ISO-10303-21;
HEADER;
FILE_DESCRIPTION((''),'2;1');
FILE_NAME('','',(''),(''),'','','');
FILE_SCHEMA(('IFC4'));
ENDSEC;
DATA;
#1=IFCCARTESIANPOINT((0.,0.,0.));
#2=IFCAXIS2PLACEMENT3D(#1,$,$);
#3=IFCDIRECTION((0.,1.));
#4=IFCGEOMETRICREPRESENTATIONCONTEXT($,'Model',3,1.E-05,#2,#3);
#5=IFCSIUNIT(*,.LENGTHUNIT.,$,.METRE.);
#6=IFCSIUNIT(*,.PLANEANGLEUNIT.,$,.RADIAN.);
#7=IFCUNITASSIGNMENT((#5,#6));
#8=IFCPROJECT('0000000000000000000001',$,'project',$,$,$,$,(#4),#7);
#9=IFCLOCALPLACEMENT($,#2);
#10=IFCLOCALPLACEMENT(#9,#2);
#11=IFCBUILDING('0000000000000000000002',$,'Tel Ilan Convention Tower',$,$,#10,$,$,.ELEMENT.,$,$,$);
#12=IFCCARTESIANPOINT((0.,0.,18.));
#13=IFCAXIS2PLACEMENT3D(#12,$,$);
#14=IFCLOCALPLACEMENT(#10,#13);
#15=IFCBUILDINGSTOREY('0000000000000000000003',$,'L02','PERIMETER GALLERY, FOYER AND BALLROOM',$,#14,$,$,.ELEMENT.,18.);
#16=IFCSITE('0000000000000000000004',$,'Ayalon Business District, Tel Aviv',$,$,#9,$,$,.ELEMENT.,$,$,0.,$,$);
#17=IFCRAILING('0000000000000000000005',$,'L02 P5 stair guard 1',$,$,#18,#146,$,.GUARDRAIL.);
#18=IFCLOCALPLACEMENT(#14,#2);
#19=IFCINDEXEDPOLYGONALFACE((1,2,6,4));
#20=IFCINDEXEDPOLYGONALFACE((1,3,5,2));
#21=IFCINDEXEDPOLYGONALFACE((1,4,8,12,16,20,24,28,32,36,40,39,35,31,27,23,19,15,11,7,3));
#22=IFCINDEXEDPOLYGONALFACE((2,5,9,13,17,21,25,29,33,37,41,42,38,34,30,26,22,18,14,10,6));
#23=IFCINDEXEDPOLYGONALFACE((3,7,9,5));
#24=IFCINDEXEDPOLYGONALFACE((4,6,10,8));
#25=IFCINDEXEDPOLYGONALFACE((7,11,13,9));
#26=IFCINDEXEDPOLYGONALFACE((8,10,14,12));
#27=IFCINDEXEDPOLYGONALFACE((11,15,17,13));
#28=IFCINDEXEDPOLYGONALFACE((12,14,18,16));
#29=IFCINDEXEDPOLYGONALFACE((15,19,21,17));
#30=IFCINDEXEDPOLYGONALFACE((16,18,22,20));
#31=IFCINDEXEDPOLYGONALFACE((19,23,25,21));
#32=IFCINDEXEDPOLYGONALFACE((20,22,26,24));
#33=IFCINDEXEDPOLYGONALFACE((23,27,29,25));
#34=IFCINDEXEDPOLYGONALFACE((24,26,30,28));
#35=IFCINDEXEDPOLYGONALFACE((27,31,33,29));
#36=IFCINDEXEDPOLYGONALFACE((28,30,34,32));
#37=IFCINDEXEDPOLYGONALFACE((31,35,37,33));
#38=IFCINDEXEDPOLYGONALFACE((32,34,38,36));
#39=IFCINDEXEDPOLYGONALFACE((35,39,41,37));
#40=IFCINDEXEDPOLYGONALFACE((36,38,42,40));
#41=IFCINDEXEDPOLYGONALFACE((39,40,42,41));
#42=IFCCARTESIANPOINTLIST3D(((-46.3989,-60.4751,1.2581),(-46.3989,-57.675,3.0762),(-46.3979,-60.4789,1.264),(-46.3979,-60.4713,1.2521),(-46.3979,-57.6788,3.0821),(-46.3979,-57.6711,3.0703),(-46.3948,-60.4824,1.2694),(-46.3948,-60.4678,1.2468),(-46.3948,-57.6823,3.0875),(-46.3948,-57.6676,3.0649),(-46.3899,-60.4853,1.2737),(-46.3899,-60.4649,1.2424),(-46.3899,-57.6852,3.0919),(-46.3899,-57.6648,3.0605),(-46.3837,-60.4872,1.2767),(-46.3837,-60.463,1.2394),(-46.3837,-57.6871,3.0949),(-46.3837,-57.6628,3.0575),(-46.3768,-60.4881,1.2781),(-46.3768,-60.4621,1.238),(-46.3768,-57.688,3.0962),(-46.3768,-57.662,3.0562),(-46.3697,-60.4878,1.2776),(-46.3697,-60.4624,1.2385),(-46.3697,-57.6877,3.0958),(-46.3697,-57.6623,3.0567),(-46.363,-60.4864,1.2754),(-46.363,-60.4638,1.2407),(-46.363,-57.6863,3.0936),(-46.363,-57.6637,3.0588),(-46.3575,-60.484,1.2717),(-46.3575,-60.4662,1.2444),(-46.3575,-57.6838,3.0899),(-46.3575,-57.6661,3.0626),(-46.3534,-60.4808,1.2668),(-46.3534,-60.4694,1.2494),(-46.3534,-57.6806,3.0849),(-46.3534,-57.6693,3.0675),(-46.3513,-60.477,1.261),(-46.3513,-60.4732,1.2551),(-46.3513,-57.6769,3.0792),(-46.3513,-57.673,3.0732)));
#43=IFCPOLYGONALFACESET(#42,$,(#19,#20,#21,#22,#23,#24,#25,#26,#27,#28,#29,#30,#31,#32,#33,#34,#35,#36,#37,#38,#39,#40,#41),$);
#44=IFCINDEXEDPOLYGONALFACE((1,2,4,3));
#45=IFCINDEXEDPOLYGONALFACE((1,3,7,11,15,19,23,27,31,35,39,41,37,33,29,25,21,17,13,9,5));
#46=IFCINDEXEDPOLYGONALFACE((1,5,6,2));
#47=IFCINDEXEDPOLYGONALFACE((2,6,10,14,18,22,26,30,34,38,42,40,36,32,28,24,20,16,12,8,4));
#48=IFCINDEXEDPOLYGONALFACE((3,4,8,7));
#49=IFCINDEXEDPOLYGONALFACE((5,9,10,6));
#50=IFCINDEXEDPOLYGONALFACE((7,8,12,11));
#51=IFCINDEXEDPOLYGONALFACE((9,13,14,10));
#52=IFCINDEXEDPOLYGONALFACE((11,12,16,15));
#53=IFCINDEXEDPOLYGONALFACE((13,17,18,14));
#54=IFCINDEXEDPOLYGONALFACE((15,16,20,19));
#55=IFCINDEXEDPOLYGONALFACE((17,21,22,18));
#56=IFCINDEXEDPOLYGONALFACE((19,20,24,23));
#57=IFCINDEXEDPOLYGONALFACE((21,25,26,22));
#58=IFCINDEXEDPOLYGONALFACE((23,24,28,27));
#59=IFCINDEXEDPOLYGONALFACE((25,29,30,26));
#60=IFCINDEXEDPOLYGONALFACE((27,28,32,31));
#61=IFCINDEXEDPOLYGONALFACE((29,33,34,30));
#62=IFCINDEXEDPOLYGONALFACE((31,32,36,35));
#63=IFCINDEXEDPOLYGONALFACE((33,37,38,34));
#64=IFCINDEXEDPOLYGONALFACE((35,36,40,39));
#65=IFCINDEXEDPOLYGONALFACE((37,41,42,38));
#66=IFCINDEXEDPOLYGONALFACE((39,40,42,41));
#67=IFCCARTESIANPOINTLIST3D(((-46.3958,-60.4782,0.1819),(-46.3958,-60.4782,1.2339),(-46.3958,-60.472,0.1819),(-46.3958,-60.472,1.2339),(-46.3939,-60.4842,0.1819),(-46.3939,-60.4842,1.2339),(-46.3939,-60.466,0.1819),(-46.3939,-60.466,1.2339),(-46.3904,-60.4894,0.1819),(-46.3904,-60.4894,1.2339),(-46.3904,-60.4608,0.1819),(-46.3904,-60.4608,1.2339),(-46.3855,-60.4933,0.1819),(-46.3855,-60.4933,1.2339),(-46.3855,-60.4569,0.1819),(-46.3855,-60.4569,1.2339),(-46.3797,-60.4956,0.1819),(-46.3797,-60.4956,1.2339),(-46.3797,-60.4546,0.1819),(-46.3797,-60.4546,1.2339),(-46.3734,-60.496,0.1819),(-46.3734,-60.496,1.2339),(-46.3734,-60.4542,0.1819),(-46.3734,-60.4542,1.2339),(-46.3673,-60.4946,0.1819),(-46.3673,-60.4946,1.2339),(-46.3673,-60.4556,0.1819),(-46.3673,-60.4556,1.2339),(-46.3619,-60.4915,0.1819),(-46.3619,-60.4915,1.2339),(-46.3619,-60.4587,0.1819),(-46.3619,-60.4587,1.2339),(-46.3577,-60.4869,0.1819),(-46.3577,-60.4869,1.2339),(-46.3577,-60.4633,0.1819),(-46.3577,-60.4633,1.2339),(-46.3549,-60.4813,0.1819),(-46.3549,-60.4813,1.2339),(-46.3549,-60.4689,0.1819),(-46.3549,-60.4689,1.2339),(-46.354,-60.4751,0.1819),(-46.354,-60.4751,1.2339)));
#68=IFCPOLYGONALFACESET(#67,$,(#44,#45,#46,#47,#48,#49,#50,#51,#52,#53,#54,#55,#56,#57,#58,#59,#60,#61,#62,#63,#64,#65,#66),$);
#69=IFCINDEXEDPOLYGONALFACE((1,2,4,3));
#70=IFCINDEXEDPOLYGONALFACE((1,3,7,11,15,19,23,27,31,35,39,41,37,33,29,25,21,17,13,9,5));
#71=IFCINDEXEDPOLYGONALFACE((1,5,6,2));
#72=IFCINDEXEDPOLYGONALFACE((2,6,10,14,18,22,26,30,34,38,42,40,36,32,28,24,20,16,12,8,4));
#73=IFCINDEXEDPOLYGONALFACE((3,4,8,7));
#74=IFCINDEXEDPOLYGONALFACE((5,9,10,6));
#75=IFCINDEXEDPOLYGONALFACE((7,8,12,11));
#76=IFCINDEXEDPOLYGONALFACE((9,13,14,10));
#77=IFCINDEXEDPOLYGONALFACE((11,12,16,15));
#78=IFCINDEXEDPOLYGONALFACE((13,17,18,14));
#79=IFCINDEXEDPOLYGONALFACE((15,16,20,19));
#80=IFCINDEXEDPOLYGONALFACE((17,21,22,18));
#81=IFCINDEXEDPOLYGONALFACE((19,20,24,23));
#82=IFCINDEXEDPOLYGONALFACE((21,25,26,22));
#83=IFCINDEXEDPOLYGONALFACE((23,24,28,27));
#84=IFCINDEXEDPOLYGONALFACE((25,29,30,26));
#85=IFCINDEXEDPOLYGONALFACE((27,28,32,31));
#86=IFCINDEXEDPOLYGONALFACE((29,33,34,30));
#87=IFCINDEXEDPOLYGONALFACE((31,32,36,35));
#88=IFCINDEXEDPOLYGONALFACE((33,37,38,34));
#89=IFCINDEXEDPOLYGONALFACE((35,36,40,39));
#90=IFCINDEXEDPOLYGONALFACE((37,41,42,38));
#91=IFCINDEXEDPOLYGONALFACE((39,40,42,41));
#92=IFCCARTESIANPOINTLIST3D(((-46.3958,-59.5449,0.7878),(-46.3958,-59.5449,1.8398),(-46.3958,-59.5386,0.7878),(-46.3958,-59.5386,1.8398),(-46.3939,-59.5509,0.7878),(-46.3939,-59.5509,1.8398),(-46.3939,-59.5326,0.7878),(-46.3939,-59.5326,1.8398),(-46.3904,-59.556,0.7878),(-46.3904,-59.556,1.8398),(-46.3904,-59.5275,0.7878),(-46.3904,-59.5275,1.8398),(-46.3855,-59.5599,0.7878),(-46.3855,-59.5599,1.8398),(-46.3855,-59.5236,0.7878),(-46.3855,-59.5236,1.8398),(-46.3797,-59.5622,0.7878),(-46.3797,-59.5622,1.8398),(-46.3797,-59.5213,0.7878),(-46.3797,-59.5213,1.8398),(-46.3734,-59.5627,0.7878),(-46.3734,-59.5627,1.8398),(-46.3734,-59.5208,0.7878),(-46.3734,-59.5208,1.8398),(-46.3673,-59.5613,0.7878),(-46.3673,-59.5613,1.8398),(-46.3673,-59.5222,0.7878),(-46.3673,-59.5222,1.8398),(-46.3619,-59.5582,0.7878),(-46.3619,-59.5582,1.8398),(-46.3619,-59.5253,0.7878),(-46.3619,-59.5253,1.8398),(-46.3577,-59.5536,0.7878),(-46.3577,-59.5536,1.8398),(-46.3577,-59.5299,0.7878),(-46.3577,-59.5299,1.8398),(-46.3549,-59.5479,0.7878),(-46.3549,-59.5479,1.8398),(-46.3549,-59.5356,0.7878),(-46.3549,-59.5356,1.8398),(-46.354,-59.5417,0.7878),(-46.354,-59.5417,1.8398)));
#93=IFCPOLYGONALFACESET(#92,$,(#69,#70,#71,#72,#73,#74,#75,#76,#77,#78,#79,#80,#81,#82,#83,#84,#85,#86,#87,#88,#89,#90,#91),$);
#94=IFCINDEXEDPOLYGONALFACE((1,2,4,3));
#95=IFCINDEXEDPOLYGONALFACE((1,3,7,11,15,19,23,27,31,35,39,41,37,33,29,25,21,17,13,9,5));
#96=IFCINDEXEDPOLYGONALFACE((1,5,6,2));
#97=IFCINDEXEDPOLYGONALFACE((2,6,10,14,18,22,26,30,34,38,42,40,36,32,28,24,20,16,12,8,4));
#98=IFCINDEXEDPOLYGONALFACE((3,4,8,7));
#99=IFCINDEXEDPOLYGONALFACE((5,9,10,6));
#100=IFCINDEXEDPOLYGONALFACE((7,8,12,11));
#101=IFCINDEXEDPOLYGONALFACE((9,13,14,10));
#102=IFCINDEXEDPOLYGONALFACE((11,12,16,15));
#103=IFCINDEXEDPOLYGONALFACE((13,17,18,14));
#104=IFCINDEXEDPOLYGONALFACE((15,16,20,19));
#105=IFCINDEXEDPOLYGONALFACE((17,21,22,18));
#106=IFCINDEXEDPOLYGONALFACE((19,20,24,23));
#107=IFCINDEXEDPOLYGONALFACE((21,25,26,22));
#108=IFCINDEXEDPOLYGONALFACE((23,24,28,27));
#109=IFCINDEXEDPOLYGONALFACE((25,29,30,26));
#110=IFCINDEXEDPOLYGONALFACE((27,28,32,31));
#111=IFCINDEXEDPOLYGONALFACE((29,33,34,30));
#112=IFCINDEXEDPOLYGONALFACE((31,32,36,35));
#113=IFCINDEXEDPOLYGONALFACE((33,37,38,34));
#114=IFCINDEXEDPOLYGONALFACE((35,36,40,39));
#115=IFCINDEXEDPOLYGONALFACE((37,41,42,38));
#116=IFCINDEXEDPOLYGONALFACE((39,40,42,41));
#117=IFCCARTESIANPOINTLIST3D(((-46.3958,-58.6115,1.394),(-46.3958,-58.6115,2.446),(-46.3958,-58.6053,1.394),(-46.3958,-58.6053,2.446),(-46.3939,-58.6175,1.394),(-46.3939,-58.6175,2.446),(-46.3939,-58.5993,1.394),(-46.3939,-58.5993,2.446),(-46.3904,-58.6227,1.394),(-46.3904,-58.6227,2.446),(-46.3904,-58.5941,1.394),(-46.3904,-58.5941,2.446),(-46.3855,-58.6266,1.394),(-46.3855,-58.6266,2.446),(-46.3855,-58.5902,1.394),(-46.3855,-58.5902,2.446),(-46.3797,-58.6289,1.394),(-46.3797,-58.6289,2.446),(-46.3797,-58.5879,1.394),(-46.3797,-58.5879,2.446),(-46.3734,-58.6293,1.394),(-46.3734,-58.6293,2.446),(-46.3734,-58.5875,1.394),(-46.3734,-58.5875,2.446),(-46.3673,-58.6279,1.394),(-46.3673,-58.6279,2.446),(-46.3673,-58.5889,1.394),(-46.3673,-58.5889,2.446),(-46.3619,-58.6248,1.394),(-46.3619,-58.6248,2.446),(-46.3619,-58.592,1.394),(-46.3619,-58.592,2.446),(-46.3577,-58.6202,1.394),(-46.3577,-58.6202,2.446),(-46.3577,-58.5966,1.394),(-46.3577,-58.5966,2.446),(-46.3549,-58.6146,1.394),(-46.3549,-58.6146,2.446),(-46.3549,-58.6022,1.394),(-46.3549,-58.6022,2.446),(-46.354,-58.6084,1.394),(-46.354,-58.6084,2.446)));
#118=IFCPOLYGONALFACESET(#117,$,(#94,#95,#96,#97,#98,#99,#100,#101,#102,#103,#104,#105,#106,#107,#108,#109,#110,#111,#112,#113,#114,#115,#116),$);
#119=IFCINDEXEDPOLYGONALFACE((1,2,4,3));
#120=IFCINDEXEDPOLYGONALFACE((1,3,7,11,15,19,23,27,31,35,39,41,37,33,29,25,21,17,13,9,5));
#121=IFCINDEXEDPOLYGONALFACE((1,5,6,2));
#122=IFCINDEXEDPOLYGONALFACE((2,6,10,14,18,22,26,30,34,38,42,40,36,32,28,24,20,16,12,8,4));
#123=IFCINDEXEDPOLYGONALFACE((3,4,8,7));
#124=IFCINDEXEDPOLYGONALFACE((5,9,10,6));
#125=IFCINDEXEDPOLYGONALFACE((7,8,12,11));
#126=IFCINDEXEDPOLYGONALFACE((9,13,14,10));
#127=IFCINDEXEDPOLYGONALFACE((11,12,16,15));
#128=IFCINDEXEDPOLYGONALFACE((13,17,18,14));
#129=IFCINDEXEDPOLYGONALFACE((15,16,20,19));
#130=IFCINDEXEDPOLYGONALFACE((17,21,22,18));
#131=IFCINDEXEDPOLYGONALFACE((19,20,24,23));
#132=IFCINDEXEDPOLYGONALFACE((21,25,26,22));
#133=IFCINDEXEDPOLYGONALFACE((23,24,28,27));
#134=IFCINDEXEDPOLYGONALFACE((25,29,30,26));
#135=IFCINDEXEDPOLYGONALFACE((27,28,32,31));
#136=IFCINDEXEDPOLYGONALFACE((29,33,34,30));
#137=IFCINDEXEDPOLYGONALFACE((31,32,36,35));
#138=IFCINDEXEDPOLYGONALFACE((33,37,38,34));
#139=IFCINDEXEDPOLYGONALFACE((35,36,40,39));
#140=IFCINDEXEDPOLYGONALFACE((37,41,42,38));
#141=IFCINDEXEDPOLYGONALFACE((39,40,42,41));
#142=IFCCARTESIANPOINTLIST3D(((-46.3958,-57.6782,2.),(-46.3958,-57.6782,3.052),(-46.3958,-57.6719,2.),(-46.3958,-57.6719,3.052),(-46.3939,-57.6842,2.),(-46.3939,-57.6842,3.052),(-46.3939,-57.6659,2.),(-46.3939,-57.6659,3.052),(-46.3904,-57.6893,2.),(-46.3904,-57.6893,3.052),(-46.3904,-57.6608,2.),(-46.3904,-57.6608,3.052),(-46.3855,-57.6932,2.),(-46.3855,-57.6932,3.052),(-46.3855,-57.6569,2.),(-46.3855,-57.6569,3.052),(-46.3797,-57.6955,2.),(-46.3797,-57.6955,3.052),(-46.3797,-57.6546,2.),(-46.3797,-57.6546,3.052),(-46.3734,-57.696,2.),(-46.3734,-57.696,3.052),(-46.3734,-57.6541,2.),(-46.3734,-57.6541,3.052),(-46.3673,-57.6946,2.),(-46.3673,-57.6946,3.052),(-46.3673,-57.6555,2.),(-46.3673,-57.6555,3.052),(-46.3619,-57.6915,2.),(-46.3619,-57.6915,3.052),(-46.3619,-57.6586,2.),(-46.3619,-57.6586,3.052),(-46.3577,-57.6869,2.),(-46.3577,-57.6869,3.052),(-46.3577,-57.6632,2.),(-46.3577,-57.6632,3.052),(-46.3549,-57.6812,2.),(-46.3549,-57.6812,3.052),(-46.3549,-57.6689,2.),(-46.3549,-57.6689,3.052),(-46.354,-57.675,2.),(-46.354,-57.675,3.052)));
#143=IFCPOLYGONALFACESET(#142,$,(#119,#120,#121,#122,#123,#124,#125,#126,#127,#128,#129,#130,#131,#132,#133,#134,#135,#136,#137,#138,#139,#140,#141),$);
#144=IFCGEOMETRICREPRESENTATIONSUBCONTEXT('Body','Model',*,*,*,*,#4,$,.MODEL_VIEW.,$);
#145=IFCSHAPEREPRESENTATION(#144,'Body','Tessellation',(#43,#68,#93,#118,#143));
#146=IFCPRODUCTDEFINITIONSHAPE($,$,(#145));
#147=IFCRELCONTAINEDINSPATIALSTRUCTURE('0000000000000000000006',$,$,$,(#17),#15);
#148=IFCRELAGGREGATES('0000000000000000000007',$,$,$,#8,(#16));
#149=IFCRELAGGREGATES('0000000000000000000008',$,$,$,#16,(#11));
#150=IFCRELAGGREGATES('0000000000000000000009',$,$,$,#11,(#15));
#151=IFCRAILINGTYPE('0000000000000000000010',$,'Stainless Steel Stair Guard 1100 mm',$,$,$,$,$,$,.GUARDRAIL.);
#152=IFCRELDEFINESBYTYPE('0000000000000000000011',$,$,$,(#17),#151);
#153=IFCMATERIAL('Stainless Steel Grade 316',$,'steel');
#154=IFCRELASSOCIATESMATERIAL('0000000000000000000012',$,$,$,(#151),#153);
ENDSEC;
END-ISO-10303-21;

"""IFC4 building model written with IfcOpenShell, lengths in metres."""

from ifc_helpers import new_model, si_unit, direction, frame, origin, origin_2d, place, context, subcontext, project, spatial, circle, extrude, material, type_object, element, save


model = new_model("IFC4")

# Units and contexts
model_context = context("Model", 3, precision=1e-05, world=origin(), true_north=direction((0.0, 1.0)))
body_context = subcontext(model_context, "Body", "Model", "MODEL_VIEW")
ifc_project = project(units=[si_unit("LENGTHUNIT", "METRE"), si_unit("PLANEANGLEUNIT", "RADIAN")], contexts=[model_context])

# Site, building, storey
site_placement = place(None, origin())
site = spatial("IfcSite", under=ifc_project, at=site_placement, Name="Ayalon Business District, Tel Aviv", CompositionType="ELEMENT", RefElevation=0.0)
building_placement = place(site_placement, origin())
building = spatial("IfcBuilding", under=site, at=building_placement, Name="Tel Ilan Convention Tower", CompositionType="ELEMENT")
storey_placement = place(building_placement, frame((0.0, 0.0, 18.0)))
storey = spatial("IfcBuildingStorey", under=building, at=storey_placement, Name="L02", Description="PERIMETER GALLERY, FOYER AND BALLROOM", CompositionType="ELEMENT", Elevation=18.0)

# Railing
ifc_material_1 = material(Name="Stainless Steel Grade 316", Category="steel")
railing_type_1 = type_object("IfcRailingType", Name="Stainless Steel Stair Guard 1100 mm", PredefinedType="GUARDRAIL", material=ifc_material_1)
railing_1_placement = place(storey_placement, frame((-46.375, -60.4751, 0.1819)))
element("IfcRailing", 1, at=railing_1_placement, inside=storey, type_object=railing_type_1, Name="L02 P5 stair guard 1", PredefinedType="GUARDRAIL", context=body_context, shape_type="SweptSolid", body=[
    extrude(circle(Radius=0.0239, at=origin_2d()), frame((0.0, 0.0, 1.0762), z_axis=(0.0, 0.838706, 0.544585), x_axis=(-1.0, 0.0, 0.0)), (0.0, 0.0, 1.0), 3.3386),
    extrude(circle(Radius=0.021, at=origin_2d()), origin(), (0.0, 0.0, 1.0), 1.052),
    extrude(circle(Radius=0.021, at=origin_2d()), frame((0.0, 0.9333, 0.606)), (0.0, 0.0, 1.0), 1.052),
    extrude(circle(Radius=0.021, at=origin_2d()), frame((0.0, 1.8667, 1.2122)), (0.0, 0.0, 1.0), 1.052),
    extrude(circle(Radius=0.021, at=origin_2d()), frame((0.0, 2.8, 1.8181)), (0.0, 0.0, 1.0), 1.052),
])

save(model, "model.ifc")
